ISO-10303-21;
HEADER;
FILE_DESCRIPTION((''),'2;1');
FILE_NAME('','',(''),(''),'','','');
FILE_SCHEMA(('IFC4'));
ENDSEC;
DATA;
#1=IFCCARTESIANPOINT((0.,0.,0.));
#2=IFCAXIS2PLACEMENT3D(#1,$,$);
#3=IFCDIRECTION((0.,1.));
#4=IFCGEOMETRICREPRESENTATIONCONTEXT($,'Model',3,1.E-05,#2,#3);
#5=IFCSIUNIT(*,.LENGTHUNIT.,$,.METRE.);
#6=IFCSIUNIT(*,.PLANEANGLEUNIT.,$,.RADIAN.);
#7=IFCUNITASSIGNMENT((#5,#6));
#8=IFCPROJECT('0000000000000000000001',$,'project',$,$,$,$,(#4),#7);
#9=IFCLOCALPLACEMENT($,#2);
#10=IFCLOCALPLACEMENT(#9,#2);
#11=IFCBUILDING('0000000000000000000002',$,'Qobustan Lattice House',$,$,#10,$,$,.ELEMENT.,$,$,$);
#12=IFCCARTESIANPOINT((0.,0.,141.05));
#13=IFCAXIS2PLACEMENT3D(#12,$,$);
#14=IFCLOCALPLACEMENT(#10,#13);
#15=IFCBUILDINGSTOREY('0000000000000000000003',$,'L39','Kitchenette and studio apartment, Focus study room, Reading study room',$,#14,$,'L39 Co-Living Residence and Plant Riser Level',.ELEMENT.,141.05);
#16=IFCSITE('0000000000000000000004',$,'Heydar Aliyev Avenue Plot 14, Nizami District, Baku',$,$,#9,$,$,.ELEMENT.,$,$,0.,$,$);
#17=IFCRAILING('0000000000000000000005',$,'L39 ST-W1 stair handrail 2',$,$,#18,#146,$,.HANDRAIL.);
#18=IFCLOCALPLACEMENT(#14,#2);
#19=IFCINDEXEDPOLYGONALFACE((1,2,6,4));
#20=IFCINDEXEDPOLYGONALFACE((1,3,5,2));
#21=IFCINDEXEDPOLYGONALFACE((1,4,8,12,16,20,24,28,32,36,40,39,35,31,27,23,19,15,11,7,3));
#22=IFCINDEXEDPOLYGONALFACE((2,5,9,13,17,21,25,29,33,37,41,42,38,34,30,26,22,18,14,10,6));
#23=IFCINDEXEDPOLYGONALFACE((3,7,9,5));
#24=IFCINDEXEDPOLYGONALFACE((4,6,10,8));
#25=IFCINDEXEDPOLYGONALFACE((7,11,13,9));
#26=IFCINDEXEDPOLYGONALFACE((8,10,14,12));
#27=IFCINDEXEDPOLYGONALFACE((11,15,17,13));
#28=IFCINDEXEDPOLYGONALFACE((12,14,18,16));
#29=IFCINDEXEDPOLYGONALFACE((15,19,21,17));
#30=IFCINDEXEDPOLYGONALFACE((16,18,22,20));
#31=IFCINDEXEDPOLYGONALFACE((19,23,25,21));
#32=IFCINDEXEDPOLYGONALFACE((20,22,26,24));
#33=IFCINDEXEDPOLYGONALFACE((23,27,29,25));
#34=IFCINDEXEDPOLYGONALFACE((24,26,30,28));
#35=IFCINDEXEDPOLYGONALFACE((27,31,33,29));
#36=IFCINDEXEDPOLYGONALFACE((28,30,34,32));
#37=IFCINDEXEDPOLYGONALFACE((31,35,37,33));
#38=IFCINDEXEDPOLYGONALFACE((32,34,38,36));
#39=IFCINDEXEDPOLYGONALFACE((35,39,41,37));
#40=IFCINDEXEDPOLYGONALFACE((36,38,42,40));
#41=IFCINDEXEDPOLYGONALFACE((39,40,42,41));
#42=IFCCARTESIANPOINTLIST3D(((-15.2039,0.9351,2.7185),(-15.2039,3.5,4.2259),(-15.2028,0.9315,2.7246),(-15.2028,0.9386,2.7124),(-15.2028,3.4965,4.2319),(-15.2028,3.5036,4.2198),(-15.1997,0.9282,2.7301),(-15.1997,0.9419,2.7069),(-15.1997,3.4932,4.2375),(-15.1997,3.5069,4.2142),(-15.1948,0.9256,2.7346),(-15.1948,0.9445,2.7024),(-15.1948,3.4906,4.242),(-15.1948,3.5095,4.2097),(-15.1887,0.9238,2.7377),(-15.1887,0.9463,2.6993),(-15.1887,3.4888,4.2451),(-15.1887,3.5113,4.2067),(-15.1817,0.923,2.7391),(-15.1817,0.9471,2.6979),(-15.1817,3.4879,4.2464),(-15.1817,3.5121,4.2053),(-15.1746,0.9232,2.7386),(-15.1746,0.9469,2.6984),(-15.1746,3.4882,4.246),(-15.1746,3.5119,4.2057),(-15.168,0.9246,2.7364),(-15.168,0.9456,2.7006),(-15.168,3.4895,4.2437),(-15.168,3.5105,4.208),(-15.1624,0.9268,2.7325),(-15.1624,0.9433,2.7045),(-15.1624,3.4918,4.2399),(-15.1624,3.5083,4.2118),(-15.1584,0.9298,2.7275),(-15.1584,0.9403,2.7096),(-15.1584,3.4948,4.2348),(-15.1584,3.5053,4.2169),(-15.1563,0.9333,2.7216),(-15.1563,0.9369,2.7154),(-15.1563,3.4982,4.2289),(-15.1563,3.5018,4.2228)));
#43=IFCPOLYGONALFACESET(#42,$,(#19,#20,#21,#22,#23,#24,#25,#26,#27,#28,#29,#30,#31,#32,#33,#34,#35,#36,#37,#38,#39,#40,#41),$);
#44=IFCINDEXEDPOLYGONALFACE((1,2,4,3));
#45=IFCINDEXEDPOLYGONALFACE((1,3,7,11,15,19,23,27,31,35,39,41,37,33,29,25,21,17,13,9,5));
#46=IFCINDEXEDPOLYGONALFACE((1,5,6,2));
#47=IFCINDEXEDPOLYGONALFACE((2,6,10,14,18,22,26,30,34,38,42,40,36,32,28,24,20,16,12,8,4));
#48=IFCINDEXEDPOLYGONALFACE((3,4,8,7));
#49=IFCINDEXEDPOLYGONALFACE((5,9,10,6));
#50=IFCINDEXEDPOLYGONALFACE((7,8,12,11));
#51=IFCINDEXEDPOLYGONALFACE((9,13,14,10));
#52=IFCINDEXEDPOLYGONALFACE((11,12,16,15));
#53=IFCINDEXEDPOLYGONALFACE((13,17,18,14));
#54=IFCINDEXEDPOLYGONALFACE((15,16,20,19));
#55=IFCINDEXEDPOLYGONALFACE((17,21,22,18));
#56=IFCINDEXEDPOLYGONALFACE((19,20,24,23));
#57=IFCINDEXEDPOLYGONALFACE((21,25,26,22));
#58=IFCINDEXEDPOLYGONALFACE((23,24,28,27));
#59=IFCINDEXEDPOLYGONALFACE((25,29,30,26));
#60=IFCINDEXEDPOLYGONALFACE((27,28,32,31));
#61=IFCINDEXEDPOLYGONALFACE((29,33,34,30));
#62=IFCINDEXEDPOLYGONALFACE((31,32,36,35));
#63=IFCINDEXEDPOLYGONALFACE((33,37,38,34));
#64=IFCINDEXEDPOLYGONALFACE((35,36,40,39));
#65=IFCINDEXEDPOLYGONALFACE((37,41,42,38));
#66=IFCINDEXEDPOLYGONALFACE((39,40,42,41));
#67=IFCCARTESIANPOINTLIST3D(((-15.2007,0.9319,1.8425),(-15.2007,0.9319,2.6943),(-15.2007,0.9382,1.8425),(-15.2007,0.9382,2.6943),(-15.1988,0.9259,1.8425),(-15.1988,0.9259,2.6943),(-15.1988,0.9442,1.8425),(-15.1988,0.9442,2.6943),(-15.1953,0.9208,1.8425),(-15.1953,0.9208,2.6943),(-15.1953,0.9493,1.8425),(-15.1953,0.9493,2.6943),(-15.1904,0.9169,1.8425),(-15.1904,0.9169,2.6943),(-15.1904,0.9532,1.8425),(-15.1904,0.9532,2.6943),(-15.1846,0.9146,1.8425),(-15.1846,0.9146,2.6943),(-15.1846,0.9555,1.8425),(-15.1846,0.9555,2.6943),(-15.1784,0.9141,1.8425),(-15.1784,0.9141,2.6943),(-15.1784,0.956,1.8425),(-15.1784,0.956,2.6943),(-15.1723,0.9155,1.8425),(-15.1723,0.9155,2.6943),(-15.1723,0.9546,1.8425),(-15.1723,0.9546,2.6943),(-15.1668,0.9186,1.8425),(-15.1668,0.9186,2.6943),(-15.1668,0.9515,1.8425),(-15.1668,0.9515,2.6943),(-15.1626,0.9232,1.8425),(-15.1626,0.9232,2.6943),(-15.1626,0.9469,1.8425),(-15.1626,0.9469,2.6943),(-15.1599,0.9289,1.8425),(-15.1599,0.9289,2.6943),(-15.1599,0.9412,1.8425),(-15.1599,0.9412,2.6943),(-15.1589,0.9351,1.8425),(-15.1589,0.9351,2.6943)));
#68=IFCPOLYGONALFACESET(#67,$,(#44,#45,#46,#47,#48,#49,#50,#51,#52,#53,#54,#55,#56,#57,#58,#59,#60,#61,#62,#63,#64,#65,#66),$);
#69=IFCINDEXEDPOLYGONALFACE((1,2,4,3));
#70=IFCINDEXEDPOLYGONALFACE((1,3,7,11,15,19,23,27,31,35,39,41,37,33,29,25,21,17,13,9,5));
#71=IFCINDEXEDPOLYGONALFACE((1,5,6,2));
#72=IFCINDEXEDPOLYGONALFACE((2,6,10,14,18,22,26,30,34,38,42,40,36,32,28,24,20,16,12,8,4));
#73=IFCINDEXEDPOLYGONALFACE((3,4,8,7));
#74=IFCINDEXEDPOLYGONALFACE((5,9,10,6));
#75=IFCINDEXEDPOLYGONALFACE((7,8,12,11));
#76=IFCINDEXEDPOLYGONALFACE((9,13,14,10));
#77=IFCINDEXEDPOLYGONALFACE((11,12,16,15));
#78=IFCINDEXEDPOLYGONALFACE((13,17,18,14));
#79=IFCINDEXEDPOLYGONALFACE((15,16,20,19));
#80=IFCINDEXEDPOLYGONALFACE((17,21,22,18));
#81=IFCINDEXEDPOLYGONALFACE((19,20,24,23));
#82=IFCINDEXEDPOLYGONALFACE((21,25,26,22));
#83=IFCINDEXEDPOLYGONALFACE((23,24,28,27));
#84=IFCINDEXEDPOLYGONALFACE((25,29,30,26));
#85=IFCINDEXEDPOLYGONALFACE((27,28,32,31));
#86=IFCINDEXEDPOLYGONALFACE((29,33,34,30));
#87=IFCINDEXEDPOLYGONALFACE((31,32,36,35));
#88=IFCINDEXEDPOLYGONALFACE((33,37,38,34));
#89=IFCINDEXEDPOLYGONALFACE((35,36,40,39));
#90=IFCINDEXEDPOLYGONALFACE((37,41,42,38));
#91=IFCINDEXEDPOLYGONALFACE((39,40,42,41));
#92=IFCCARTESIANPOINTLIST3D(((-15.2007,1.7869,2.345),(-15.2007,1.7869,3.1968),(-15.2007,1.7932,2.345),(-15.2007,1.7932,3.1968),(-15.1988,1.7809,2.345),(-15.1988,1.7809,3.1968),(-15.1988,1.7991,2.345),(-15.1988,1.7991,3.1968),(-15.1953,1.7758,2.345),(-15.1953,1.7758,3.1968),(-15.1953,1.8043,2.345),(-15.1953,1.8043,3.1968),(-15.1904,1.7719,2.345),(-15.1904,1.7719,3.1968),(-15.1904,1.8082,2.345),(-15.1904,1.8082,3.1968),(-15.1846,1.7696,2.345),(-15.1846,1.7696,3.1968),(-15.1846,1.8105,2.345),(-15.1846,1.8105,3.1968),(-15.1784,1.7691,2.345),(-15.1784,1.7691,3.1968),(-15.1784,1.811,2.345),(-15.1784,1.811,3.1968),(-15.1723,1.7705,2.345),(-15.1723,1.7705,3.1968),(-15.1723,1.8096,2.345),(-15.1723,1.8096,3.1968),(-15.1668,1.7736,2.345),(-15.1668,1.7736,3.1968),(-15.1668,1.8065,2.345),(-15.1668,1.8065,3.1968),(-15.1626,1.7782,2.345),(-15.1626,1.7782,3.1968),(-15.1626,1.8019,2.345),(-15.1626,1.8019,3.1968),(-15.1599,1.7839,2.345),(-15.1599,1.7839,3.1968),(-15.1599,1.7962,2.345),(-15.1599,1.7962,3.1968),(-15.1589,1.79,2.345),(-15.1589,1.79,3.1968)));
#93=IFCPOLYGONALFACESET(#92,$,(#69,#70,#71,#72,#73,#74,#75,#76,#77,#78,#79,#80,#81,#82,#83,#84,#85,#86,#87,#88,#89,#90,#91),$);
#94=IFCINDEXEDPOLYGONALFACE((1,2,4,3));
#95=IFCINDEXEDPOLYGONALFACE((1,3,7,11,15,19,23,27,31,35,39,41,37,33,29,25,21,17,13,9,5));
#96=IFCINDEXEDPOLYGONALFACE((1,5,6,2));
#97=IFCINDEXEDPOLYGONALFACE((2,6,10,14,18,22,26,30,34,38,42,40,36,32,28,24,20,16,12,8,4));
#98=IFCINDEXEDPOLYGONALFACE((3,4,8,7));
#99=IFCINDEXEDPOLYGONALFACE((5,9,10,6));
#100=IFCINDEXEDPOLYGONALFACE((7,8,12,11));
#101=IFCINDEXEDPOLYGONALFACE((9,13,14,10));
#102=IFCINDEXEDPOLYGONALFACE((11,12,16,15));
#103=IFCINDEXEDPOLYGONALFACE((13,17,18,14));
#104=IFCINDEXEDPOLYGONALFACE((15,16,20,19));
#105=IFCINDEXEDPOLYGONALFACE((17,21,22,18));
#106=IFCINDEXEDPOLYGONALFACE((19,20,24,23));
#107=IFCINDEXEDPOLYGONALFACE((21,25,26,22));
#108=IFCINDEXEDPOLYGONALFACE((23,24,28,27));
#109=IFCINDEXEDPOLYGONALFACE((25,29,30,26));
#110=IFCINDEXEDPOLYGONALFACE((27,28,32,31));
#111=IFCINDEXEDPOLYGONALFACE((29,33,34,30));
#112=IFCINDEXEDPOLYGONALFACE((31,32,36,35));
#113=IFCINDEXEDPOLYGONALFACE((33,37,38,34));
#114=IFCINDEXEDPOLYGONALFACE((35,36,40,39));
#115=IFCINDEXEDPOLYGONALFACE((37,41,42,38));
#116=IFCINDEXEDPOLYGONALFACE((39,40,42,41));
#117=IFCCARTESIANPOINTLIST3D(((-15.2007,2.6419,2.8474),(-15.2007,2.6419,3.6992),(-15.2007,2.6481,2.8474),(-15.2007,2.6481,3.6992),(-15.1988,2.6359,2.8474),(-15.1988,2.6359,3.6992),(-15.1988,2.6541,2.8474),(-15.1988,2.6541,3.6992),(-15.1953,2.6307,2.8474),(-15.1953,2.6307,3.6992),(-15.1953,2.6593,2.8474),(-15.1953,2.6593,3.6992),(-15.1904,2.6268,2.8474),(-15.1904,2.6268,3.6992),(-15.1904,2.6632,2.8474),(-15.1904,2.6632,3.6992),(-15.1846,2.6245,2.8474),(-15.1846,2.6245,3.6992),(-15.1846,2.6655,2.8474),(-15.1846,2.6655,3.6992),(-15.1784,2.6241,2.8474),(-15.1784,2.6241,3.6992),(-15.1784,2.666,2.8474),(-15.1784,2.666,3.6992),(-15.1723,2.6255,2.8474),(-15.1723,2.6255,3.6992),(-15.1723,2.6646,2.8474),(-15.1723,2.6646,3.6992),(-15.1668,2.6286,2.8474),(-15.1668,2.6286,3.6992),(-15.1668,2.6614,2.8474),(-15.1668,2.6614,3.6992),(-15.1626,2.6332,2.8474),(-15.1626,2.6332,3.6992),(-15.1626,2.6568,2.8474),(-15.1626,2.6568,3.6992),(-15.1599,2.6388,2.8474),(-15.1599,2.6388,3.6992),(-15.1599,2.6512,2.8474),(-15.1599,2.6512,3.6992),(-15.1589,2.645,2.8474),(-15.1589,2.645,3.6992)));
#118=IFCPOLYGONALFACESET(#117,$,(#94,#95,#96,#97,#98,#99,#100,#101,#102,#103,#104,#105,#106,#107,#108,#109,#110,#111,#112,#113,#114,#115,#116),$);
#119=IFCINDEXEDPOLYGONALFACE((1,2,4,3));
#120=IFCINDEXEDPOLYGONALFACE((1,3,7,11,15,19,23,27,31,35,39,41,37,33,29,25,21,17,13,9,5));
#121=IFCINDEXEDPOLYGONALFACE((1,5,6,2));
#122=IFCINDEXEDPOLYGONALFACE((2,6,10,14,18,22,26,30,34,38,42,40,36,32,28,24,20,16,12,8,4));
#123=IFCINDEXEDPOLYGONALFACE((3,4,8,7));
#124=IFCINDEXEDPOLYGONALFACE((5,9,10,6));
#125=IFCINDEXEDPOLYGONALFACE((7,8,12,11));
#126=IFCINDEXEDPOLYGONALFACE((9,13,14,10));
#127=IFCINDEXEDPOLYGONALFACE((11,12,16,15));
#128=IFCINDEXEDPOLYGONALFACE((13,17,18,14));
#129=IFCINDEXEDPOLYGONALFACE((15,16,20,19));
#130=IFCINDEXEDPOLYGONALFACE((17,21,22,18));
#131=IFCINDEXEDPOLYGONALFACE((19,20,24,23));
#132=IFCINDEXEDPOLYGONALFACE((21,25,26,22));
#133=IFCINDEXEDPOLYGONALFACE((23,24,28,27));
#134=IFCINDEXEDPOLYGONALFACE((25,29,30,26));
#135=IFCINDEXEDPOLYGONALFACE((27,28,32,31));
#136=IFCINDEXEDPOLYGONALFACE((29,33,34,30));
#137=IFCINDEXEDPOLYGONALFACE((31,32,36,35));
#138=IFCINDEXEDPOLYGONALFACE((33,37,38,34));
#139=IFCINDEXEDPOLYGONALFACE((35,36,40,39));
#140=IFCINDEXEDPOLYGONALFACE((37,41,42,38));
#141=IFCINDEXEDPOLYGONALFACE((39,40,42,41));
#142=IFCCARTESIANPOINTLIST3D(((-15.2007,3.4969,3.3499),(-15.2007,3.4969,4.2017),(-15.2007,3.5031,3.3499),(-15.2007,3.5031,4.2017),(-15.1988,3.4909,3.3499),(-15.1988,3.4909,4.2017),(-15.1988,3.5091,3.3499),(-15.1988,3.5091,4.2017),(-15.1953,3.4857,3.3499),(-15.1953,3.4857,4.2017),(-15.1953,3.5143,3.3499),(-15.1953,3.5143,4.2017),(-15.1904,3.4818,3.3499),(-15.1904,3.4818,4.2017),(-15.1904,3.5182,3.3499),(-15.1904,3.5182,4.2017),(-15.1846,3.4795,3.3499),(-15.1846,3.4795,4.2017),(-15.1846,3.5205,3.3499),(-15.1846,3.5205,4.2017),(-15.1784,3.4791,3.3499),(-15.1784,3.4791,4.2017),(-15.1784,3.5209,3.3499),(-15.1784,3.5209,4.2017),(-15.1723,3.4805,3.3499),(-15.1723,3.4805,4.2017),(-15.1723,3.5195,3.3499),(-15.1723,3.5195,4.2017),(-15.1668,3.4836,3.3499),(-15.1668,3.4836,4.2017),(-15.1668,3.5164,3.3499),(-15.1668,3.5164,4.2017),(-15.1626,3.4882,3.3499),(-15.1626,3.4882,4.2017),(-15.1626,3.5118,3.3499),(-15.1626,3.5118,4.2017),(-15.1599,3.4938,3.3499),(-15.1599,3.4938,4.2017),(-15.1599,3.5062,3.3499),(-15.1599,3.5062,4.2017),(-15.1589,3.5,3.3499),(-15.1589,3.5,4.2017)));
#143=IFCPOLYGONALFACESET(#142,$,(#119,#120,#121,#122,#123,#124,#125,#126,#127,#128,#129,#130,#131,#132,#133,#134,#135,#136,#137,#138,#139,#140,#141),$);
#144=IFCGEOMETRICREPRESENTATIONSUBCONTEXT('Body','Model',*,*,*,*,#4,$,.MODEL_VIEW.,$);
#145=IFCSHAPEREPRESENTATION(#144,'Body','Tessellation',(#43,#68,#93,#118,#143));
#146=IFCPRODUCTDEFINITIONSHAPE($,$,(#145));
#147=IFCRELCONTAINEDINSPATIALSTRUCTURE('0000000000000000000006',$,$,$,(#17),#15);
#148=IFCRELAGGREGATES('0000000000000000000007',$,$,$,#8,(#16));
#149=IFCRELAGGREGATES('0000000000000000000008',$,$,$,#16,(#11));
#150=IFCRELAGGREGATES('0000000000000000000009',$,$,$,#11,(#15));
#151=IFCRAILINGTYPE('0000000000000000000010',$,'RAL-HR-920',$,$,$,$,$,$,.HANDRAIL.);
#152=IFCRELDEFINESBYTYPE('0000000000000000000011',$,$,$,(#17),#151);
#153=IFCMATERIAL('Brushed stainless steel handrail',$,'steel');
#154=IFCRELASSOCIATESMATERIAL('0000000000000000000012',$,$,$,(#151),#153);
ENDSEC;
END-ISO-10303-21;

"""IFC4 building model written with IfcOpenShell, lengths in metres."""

from ifc_helpers import new_model, si_unit, direction, frame, origin, origin_2d, place, context, subcontext, project, spatial, circle, extrude, material, type_object, element, save


model = new_model("IFC4")

# Units and contexts
model_context = context("Model", 3, precision=1e-05, world=origin(), true_north=direction((0.0, 1.0)))
body_context = subcontext(model_context, "Body", "Model", "MODEL_VIEW")
ifc_project = project(units=[si_unit("LENGTHUNIT", "METRE"), si_unit("PLANEANGLEUNIT", "RADIAN")], contexts=[model_context])

# Site, building, storey
site_placement = place(None, origin())
site = spatial("IfcSite", under=ifc_project, at=site_placement, Name="Heydar Aliyev Avenue Plot 14, Nizami District, Baku", CompositionType="ELEMENT", RefElevation=0.0)
building_placement = place(site_placement, origin())
building = spatial("IfcBuilding", under=site, at=building_placement, Name="Qobustan Lattice House", CompositionType="ELEMENT")
storey_placement = place(building_placement, frame((0.0, 0.0, 141.05)))
storey = spatial("IfcBuildingStorey", under=building, at=storey_placement, Name="L39", Description="Kitchenette and studio apartment, Focus study room, Reading study room", LongName="L39 Co-Living Residence and Plant Riser Level", CompositionType="ELEMENT", Elevation=141.05)

# Railing
ifc_material_1 = material(Name="Brushed stainless steel handrail", Category="steel")
railing_type_1 = type_object("IfcRailingType", Name="RAL-HR-920", PredefinedType="HANDRAIL", material=ifc_material_1)
railing_1_placement = place(storey_placement, frame((-15.1799, 0.9351, 1.8425)))
element("IfcRailing", 1, at=railing_1_placement, inside=storey, type_object=railing_type_1, Name="L39 ST-W1 stair handrail 2", PredefinedType="HANDRAIL", context=body_context, shape_type="SweptSolid", body=[
    extrude(circle(Radius=0.0239, at=origin_2d()), frame((0.0, 0.0, 0.876), z_axis=(0.0, 0.862149, 0.506654), x_axis=(-1.0, 0.0, 0.0)), (0.0, 0.0, 1.0), 2.9751),
    extrude(circle(Radius=0.021, at=origin_2d()), origin(), (0.0, 0.0, 1.0), 0.8518),
    extrude(circle(Radius=0.021, at=origin_2d()), frame((0.0, 0.855, 0.5024)), (0.0, 0.0, 1.0), 0.8518),
    extrude(circle(Radius=0.021, at=origin_2d()), frame((0.0, 1.71, 1.0049)), (0.0, 0.0, 1.0), 0.8518),
    extrude(circle(Radius=0.021, at=origin_2d()), frame((0.0, 2.5649, 1.5073)), (0.0, 0.0, 1.0), 0.8518),
])

save(model, "model.ifc")
